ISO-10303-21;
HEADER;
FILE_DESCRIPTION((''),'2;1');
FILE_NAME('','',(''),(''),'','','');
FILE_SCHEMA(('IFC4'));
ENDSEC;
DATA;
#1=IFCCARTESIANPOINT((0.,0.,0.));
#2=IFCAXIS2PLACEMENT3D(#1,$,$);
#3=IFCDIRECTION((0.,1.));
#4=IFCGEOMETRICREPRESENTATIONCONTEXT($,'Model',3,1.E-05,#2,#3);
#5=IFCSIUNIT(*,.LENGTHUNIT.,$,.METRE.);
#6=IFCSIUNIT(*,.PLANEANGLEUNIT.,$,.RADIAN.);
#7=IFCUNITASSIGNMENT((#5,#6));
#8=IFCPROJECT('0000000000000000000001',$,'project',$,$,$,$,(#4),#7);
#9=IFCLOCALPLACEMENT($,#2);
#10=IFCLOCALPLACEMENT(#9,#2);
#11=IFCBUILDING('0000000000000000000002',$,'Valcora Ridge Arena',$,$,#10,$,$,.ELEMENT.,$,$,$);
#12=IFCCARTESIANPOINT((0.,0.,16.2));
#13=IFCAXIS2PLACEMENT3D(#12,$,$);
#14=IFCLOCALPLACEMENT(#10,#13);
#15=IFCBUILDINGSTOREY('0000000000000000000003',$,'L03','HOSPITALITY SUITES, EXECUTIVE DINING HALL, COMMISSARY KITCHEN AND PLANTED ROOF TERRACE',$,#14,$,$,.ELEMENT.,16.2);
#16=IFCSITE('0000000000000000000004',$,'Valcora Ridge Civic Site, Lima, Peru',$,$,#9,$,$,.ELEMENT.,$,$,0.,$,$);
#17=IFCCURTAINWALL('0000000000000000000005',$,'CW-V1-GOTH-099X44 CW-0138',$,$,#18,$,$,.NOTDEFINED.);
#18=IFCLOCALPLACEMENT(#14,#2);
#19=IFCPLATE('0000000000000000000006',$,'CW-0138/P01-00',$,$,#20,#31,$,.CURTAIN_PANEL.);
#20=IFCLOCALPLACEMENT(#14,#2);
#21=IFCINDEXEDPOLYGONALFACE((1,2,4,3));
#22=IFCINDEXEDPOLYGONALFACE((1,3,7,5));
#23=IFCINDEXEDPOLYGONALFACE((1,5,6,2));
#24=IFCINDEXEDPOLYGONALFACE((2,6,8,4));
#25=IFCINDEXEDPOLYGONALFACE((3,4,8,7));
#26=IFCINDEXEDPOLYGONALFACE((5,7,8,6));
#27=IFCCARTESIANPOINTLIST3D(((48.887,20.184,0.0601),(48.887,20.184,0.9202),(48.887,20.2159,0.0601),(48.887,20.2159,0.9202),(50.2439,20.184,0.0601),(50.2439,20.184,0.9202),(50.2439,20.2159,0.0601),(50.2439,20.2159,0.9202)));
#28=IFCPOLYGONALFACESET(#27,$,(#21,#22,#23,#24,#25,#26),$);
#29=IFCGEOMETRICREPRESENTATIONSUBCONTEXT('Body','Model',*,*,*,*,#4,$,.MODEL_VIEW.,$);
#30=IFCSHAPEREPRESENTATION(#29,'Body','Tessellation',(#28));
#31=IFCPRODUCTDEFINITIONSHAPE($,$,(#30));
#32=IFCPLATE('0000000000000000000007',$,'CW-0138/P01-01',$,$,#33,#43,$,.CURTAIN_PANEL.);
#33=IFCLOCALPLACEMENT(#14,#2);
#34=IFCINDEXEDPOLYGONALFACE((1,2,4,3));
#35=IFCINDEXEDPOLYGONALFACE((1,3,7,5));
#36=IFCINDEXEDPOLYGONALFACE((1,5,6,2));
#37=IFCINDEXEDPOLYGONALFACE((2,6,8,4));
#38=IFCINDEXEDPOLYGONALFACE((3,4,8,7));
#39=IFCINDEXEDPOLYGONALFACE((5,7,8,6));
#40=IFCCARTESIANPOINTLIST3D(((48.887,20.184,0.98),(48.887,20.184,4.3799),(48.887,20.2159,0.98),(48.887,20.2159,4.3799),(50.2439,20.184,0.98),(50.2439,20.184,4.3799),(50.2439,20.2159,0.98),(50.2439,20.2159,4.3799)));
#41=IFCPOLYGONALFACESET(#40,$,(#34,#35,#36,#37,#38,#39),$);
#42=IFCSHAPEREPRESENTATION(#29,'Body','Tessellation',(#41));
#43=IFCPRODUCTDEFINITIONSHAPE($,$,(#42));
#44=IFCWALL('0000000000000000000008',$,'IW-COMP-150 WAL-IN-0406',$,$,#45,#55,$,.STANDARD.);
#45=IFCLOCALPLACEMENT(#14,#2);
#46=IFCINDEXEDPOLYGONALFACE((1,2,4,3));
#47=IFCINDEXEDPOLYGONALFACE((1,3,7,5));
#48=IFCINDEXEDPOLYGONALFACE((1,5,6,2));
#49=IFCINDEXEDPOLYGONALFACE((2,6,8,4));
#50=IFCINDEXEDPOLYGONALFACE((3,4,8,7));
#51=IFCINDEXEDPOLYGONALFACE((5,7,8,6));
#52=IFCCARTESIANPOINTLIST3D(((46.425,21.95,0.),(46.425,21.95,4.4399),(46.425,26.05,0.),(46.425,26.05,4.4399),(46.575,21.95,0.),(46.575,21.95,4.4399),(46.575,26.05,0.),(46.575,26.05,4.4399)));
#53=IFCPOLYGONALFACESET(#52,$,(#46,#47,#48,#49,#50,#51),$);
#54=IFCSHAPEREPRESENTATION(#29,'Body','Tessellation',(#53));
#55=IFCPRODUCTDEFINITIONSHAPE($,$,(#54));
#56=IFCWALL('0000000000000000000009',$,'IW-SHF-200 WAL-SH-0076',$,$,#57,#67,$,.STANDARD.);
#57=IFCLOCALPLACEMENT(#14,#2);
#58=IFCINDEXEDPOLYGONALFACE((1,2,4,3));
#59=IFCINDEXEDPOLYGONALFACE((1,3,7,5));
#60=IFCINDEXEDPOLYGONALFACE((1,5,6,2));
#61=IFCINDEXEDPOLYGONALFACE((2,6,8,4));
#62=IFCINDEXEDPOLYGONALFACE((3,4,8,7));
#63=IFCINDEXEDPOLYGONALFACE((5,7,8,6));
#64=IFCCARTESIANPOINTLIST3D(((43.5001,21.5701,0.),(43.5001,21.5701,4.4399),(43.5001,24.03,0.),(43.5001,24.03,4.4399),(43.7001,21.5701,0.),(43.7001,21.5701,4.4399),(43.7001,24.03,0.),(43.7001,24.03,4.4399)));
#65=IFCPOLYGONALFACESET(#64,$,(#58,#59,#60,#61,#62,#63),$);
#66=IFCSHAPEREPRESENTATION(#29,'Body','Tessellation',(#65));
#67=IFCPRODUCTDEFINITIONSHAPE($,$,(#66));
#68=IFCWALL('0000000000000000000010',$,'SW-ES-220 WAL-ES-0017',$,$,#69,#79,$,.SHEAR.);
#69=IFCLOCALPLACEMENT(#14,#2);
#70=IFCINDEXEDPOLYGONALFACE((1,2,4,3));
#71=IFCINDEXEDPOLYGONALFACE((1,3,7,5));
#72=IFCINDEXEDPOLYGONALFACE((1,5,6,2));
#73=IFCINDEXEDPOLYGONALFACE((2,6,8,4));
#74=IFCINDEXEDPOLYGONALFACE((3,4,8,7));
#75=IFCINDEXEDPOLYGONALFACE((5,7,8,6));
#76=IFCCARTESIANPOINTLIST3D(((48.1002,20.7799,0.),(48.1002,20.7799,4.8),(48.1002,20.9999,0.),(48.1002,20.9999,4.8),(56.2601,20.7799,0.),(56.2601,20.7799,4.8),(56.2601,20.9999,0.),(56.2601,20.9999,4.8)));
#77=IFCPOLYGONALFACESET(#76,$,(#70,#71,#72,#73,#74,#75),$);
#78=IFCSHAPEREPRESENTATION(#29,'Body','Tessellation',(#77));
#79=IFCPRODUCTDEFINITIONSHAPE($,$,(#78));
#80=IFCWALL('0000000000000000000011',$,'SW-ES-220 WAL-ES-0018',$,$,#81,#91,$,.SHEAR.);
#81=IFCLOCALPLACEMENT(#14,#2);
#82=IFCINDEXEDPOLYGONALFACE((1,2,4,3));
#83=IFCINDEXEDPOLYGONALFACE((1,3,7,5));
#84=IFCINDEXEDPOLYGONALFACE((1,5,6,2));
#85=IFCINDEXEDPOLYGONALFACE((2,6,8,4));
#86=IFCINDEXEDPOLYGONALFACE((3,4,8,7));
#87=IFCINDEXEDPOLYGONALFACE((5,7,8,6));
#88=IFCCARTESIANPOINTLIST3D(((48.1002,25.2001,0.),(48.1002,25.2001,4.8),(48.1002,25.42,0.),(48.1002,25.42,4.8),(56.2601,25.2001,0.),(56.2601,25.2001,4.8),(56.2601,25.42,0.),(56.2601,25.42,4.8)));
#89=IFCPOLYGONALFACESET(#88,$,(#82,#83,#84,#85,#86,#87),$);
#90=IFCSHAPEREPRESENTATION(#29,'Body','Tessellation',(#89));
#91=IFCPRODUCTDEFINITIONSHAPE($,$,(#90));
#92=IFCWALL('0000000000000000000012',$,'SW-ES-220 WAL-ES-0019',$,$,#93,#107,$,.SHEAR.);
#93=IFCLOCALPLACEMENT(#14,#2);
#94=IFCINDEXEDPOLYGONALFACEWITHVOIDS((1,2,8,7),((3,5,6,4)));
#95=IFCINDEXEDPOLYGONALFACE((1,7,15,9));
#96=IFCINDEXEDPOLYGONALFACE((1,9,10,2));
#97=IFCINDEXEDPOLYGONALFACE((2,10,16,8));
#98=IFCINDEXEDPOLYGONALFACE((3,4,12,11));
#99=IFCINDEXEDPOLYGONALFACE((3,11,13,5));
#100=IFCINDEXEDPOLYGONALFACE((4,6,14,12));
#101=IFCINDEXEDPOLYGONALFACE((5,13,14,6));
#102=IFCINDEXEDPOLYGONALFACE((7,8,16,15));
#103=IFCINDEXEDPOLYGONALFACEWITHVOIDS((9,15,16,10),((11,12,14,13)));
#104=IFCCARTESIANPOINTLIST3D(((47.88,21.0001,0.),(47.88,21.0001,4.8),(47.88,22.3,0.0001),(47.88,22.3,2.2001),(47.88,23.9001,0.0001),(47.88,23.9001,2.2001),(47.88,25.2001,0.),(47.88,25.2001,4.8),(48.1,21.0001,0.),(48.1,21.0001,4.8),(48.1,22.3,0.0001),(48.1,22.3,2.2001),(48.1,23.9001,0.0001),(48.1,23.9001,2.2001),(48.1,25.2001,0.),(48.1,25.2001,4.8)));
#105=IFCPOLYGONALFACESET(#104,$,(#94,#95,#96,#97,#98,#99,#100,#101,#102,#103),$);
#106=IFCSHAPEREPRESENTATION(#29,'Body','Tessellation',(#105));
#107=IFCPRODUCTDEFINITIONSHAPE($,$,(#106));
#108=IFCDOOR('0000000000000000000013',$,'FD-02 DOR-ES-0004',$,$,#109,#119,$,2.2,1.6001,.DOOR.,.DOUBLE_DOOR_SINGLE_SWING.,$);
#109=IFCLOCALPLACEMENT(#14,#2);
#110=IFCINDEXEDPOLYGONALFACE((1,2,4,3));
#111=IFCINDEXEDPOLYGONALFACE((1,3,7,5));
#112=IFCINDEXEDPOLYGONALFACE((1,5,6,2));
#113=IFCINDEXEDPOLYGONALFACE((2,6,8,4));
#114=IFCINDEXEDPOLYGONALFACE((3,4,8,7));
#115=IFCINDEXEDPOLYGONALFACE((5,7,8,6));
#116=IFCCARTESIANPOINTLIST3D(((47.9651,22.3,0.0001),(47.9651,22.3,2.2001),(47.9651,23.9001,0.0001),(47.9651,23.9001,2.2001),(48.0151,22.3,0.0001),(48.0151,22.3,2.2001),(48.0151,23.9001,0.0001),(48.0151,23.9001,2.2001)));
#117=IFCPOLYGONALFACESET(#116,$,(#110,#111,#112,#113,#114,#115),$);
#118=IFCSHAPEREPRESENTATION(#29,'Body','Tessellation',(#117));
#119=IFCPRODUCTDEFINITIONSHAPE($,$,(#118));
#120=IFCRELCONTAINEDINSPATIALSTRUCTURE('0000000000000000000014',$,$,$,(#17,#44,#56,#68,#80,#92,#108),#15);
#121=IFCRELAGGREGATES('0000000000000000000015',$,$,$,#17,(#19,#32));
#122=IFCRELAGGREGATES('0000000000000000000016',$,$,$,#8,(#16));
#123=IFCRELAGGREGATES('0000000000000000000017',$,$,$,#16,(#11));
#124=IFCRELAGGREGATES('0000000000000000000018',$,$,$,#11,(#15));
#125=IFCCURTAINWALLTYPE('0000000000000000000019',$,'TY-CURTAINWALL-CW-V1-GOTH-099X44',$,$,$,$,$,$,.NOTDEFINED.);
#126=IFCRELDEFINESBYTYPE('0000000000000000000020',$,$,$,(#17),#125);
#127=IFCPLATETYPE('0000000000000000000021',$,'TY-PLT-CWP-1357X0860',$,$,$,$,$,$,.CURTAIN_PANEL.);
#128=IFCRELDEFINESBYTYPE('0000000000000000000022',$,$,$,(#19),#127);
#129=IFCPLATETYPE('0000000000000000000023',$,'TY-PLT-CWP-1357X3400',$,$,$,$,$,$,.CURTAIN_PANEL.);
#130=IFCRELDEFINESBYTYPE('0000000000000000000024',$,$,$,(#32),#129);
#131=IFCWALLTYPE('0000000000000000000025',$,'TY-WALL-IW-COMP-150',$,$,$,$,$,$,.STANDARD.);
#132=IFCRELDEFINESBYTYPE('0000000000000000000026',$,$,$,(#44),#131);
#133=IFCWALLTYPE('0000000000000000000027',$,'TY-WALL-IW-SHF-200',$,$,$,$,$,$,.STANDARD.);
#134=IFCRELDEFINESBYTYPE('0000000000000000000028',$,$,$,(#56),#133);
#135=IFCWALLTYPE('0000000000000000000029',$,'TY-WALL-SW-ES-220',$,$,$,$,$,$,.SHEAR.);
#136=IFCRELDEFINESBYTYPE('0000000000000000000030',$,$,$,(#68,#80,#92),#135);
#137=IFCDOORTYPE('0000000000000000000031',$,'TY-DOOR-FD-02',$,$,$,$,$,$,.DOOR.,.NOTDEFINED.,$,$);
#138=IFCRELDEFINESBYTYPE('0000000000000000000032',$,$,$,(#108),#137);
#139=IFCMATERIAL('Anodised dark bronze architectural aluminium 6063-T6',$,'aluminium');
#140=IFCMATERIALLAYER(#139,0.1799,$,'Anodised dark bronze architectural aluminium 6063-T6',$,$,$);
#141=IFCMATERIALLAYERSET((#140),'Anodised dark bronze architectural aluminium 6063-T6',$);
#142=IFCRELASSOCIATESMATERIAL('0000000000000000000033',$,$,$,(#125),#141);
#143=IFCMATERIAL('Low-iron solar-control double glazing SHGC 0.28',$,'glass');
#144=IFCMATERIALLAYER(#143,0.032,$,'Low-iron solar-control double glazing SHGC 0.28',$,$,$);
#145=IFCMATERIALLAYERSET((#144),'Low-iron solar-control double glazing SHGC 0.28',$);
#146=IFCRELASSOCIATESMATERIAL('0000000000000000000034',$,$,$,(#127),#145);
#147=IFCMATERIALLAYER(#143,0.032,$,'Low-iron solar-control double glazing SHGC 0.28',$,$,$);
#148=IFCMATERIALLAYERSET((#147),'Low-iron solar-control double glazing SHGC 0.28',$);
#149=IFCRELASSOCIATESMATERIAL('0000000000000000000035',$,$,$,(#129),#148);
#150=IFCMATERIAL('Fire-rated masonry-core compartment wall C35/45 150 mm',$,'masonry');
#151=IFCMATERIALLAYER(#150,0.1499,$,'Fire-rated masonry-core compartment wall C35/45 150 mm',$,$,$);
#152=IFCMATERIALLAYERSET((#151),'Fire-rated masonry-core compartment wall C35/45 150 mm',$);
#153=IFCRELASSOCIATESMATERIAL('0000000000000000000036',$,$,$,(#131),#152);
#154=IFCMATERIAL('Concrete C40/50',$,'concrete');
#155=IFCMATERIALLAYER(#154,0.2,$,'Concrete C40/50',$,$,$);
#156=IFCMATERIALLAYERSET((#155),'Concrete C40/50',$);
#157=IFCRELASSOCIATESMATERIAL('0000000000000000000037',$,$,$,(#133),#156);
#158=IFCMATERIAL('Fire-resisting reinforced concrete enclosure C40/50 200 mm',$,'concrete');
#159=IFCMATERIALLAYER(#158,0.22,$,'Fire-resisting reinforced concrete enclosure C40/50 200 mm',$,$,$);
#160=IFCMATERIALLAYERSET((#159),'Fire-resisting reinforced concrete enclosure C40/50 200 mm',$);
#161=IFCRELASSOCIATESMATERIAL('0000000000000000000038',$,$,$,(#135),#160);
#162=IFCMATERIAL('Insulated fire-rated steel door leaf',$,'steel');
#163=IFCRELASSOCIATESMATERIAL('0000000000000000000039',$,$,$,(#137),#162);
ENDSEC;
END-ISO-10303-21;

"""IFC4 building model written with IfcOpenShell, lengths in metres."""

from ifc_helpers import new_model, si_unit, direction, frame, frame_2d, origin, origin_2d, place, context, subcontext, project, spatial, rectangle, extrude, material, layer, layer_set, type_object, element, fill, aggregate, save


model = new_model("IFC4")

# Units and contexts
model_context = context("Model", 3, precision=1e-05, world=origin(), true_north=direction((0.0, 1.0)))
body_context = subcontext(model_context, "Body", "Model", "MODEL_VIEW")
ifc_project = project(units=[si_unit("LENGTHUNIT", "METRE"), si_unit("PLANEANGLEUNIT", "RADIAN")], contexts=[model_context])

# Site, building, storey
site_placement = place(None, origin())
site = spatial("IfcSite", under=ifc_project, at=site_placement, Name="Valcora Ridge Civic Site, Lima, Peru", CompositionType="ELEMENT", RefElevation=0.0)
building_placement = place(site_placement, origin())
building = spatial("IfcBuilding", under=site, at=building_placement, Name="Valcora Ridge Arena", CompositionType="ELEMENT")
storey_placement = place(building_placement, frame((0.0, 0.0, 16.2)))
storey = spatial("IfcBuildingStorey", under=building, at=storey_placement, Name="L03", Description="HOSPITALITY SUITES, EXECUTIVE DINING HALL, COMMISSARY KITCHEN AND PLANTED ROOF TERRACE", CompositionType="ELEMENT", Elevation=16.2)

# Shared definitions
ifc_material_1 = material(Name="Concrete C40/50", Category="concrete")

# Curtain wall
ifc_material_2 = material(Name="Anodised dark bronze architectural aluminium 6063-T6", Category="aluminium")
ifc_layer_1 = layer(ifc_material_2, 0.1799, Name="Anodised dark bronze architectural aluminium 6063-T6")
ifc_layer_set_1 = layer_set([ifc_layer_1], Name="Anodised dark bronze architectural aluminium 6063-T6")
curtain_wall_type_1 = type_object("IfcCurtainWallType", Name="TY-CURTAINWALL-CW-V1-GOTH-099X44", PredefinedType="NOTDEFINED", material=ifc_layer_set_1)
curtain_wall_1_placement = place(storey_placement, origin())
curtain_wall_1 = element("IfcCurtainWall", 1, at=curtain_wall_1_placement, inside=storey, type_object=curtain_wall_type_1, Name="CW-V1-GOTH-099X44 CW-0138", PredefinedType="NOTDEFINED")

# Plates
ifc_material_3 = material(Name="Low-iron solar-control double glazing SHGC 0.28", Category="glass")
ifc_layer_2 = layer(ifc_material_3, 0.032, Name="Low-iron solar-control double glazing SHGC 0.28")
ifc_layer_set_2 = layer_set([ifc_layer_2], Name="Low-iron solar-control double glazing SHGC 0.28")
plate_type_1 = type_object("IfcPlateType", Name="TY-PLT-CWP-1357X0860", PredefinedType="CURTAIN_PANEL", material=ifc_layer_set_2)
plate_1_placement = place(storey_placement, frame((49.5654, 20.2, 0.0601), z_axis=(0.0, 0.0, 1.0), x_axis=(1.0, 0.0, 0.0)))
plate_1 = element("IfcPlate", 2, at=plate_1_placement, type_object=plate_type_1, Name="CW-0138/P01-00", PredefinedType="CURTAIN_PANEL", context=body_context, shape_type="SweptSolid", body=[
    extrude(rectangle(XDim=1.3569, YDim=0.032, at=origin_2d()), origin(), (0.0, 0.0, 1.0), 0.8601),
])
ifc_layer_3 = layer(ifc_material_3, 0.032, Name="Low-iron solar-control double glazing SHGC 0.28")
ifc_layer_set_3 = layer_set([ifc_layer_3], Name="Low-iron solar-control double glazing SHGC 0.28")
plate_type_2 = type_object("IfcPlateType", Name="TY-PLT-CWP-1357X3400", PredefinedType="CURTAIN_PANEL", material=ifc_layer_set_3)
plate_2_placement = place(storey_placement, frame((49.5654, 20.2, 0.98), z_axis=(0.0, 0.0, 1.0), x_axis=(1.0, 0.0, 0.0)))
plate_2 = element("IfcPlate", 3, at=plate_2_placement, type_object=plate_type_2, Name="CW-0138/P01-01", PredefinedType="CURTAIN_PANEL", context=body_context, shape_type="SweptSolid", body=[
    extrude(rectangle(XDim=1.3569, YDim=0.032, at=origin_2d()), origin(), (0.0, 0.0, 1.0), 3.3999),
])
aggregate(curtain_wall_1, [plate_1, plate_2])

# Walls
ifc_material_4 = material(Name="Fire-rated masonry-core compartment wall C35/45 150 mm", Category="masonry")
ifc_layer_4 = layer(ifc_material_4, 0.1499, Name="Fire-rated masonry-core compartment wall C35/45 150 mm")
ifc_layer_set_4 = layer_set([ifc_layer_4], Name="Fire-rated masonry-core compartment wall C35/45 150 mm")
wall_type_1 = type_object("IfcWallType", Name="TY-WALL-IW-COMP-150", PredefinedType="STANDARD", material=ifc_layer_set_4)
wall_1_placement = place(storey_placement, frame((46.5, 21.95, 0.0), z_axis=(0.0, 0.0, 1.0), x_axis=(0.0, 1.0, 0.0)))
element("IfcWall", 4, at=wall_1_placement, inside=storey, type_object=wall_type_1, Name="IW-COMP-150 WAL-IN-0406", PredefinedType="STANDARD", context=body_context, shape_type="SweptSolid", body=[
    extrude(rectangle(XDim=4.1001, YDim=0.1499, at=frame_2d((2.05, 0.0))), origin(), (0.0, 0.0, 1.0), 4.4399),
])
ifc_layer_5 = layer(ifc_material_1, 0.2, Name="Concrete C40/50")
ifc_layer_set_5 = layer_set([ifc_layer_5], Name="Concrete C40/50")
wall_type_2 = type_object("IfcWallType", Name="TY-WALL-IW-SHF-200", PredefinedType="STANDARD", material=ifc_layer_set_5)
wall_2_placement = place(storey_placement, frame((43.6001, 21.5701, 0.0), z_axis=(0.0, 0.0, 1.0), x_axis=(0.0, 1.0, 0.0)))
element("IfcWall", 5, at=wall_2_placement, inside=storey, type_object=wall_type_2, Name="IW-SHF-200 WAL-SH-0076", PredefinedType="STANDARD", context=body_context, shape_type="SweptSolid", body=[
    extrude(rectangle(XDim=2.46, YDim=0.2, at=frame_2d((1.23, 0.0))), origin(), (0.0, 0.0, 1.0), 4.4399),
])
ifc_material_5 = material(Name="Fire-resisting reinforced concrete enclosure C40/50 200 mm", Category="concrete")
ifc_layer_6 = layer(ifc_material_5, 0.22, Name="Fire-resisting reinforced concrete enclosure C40/50 200 mm")
ifc_layer_set_6 = layer_set([ifc_layer_6], Name="Fire-resisting reinforced concrete enclosure C40/50 200 mm")
wall_type_3 = type_object("IfcWallType", Name="TY-WALL-SW-ES-220", PredefinedType="SHEAR", material=ifc_layer_set_6)
for number, where, z_axis, x_axis, name in (
    (6, (48.1001, 20.8899, 0.0), (0.0, 0.0, 1.0), (1.0, 0.0, 0.0), "SW-ES-220 WAL-ES-0017"),
    (7, (48.1001, 25.3101, 0.0), (0.0, 0.0, 1.0), (1.0, 0.0, 0.0), "SW-ES-220 WAL-ES-0018"),
):
    element("IfcWall", number, at=place(storey_placement, frame(where, z_axis=z_axis, x_axis=x_axis)), inside=storey, type_object=wall_type_3, Name=name, PredefinedType="SHEAR", context=body_context, shape_type="SweptSolid", body=[
        extrude(rectangle(XDim=8.1599, YDim=0.22, at=frame_2d((4.0801, 0.0))), origin(), (0.0, 0.0, 1.0), 4.8),
    ])

# Wall, opening, door
wall_3_placement = place(storey_placement, frame((47.99, 21.0, 0.0), z_axis=(0.0, 0.0, 1.0), x_axis=(0.0, 1.0, 0.0)))
wall_3 = element("IfcWall", 8, at=wall_3_placement, inside=storey, type_object=wall_type_3, Name="SW-ES-220 WAL-ES-0019", PredefinedType="SHEAR", context=body_context, shape_type="SweptSolid", body=[
    extrude(rectangle(XDim=4.2, YDim=0.22, at=frame_2d((2.1001, 0.0))), origin(), (0.0, 0.0, 1.0), 4.8),
])
opening_placement = place(wall_3_placement, frame((1.3, 0.0, 0.0)))
opening = element("IfcOpeningElement", 9, at=opening_placement, cuts=wall_3, PredefinedType="OPENING", context=body_context, shape_type="SweptSolid", body=[
    extrude(rectangle(XDim=1.6001, YDim=2.2, at=frame_2d((0.8, 1.1001))), frame((0.0, 0.1199, 0.0), z_axis=(0.0, -1.0, 0.0), x_axis=(1.0, 0.0, 0.0)), (0.0, 0.0, 1.0), 0.24),
])
ifc_material_6 = material(Name="Insulated fire-rated steel door leaf", Category="steel")
door_type = type_object("IfcDoorType", Name="TY-DOOR-FD-02", OperationType="NOTDEFINED", PredefinedType="DOOR", material=ifc_material_6)
door_placement = place(opening_placement, origin())
door = element("IfcDoor", 10, at=door_placement, inside=storey, type_object=door_type, Name="FD-02 DOR-ES-0004", OperationType="DOUBLE_DOOR_SINGLE_SWING", OverallHeight=2.2, OverallWidth=1.6001, PredefinedType="DOOR", context=body_context, shape_type="SweptSolid", body=[
    extrude(rectangle(XDim=1.6001, YDim=2.2, at=frame_2d((0.8, 1.1001))), frame((0.0, 0.0249, 0.0), z_axis=(0.0, -1.0, 0.0), x_axis=(1.0, 0.0, 0.0)), (0.0, 0.0, 1.0), 0.05),
])
fill(opening, door)

save(model, "model.ifc")
